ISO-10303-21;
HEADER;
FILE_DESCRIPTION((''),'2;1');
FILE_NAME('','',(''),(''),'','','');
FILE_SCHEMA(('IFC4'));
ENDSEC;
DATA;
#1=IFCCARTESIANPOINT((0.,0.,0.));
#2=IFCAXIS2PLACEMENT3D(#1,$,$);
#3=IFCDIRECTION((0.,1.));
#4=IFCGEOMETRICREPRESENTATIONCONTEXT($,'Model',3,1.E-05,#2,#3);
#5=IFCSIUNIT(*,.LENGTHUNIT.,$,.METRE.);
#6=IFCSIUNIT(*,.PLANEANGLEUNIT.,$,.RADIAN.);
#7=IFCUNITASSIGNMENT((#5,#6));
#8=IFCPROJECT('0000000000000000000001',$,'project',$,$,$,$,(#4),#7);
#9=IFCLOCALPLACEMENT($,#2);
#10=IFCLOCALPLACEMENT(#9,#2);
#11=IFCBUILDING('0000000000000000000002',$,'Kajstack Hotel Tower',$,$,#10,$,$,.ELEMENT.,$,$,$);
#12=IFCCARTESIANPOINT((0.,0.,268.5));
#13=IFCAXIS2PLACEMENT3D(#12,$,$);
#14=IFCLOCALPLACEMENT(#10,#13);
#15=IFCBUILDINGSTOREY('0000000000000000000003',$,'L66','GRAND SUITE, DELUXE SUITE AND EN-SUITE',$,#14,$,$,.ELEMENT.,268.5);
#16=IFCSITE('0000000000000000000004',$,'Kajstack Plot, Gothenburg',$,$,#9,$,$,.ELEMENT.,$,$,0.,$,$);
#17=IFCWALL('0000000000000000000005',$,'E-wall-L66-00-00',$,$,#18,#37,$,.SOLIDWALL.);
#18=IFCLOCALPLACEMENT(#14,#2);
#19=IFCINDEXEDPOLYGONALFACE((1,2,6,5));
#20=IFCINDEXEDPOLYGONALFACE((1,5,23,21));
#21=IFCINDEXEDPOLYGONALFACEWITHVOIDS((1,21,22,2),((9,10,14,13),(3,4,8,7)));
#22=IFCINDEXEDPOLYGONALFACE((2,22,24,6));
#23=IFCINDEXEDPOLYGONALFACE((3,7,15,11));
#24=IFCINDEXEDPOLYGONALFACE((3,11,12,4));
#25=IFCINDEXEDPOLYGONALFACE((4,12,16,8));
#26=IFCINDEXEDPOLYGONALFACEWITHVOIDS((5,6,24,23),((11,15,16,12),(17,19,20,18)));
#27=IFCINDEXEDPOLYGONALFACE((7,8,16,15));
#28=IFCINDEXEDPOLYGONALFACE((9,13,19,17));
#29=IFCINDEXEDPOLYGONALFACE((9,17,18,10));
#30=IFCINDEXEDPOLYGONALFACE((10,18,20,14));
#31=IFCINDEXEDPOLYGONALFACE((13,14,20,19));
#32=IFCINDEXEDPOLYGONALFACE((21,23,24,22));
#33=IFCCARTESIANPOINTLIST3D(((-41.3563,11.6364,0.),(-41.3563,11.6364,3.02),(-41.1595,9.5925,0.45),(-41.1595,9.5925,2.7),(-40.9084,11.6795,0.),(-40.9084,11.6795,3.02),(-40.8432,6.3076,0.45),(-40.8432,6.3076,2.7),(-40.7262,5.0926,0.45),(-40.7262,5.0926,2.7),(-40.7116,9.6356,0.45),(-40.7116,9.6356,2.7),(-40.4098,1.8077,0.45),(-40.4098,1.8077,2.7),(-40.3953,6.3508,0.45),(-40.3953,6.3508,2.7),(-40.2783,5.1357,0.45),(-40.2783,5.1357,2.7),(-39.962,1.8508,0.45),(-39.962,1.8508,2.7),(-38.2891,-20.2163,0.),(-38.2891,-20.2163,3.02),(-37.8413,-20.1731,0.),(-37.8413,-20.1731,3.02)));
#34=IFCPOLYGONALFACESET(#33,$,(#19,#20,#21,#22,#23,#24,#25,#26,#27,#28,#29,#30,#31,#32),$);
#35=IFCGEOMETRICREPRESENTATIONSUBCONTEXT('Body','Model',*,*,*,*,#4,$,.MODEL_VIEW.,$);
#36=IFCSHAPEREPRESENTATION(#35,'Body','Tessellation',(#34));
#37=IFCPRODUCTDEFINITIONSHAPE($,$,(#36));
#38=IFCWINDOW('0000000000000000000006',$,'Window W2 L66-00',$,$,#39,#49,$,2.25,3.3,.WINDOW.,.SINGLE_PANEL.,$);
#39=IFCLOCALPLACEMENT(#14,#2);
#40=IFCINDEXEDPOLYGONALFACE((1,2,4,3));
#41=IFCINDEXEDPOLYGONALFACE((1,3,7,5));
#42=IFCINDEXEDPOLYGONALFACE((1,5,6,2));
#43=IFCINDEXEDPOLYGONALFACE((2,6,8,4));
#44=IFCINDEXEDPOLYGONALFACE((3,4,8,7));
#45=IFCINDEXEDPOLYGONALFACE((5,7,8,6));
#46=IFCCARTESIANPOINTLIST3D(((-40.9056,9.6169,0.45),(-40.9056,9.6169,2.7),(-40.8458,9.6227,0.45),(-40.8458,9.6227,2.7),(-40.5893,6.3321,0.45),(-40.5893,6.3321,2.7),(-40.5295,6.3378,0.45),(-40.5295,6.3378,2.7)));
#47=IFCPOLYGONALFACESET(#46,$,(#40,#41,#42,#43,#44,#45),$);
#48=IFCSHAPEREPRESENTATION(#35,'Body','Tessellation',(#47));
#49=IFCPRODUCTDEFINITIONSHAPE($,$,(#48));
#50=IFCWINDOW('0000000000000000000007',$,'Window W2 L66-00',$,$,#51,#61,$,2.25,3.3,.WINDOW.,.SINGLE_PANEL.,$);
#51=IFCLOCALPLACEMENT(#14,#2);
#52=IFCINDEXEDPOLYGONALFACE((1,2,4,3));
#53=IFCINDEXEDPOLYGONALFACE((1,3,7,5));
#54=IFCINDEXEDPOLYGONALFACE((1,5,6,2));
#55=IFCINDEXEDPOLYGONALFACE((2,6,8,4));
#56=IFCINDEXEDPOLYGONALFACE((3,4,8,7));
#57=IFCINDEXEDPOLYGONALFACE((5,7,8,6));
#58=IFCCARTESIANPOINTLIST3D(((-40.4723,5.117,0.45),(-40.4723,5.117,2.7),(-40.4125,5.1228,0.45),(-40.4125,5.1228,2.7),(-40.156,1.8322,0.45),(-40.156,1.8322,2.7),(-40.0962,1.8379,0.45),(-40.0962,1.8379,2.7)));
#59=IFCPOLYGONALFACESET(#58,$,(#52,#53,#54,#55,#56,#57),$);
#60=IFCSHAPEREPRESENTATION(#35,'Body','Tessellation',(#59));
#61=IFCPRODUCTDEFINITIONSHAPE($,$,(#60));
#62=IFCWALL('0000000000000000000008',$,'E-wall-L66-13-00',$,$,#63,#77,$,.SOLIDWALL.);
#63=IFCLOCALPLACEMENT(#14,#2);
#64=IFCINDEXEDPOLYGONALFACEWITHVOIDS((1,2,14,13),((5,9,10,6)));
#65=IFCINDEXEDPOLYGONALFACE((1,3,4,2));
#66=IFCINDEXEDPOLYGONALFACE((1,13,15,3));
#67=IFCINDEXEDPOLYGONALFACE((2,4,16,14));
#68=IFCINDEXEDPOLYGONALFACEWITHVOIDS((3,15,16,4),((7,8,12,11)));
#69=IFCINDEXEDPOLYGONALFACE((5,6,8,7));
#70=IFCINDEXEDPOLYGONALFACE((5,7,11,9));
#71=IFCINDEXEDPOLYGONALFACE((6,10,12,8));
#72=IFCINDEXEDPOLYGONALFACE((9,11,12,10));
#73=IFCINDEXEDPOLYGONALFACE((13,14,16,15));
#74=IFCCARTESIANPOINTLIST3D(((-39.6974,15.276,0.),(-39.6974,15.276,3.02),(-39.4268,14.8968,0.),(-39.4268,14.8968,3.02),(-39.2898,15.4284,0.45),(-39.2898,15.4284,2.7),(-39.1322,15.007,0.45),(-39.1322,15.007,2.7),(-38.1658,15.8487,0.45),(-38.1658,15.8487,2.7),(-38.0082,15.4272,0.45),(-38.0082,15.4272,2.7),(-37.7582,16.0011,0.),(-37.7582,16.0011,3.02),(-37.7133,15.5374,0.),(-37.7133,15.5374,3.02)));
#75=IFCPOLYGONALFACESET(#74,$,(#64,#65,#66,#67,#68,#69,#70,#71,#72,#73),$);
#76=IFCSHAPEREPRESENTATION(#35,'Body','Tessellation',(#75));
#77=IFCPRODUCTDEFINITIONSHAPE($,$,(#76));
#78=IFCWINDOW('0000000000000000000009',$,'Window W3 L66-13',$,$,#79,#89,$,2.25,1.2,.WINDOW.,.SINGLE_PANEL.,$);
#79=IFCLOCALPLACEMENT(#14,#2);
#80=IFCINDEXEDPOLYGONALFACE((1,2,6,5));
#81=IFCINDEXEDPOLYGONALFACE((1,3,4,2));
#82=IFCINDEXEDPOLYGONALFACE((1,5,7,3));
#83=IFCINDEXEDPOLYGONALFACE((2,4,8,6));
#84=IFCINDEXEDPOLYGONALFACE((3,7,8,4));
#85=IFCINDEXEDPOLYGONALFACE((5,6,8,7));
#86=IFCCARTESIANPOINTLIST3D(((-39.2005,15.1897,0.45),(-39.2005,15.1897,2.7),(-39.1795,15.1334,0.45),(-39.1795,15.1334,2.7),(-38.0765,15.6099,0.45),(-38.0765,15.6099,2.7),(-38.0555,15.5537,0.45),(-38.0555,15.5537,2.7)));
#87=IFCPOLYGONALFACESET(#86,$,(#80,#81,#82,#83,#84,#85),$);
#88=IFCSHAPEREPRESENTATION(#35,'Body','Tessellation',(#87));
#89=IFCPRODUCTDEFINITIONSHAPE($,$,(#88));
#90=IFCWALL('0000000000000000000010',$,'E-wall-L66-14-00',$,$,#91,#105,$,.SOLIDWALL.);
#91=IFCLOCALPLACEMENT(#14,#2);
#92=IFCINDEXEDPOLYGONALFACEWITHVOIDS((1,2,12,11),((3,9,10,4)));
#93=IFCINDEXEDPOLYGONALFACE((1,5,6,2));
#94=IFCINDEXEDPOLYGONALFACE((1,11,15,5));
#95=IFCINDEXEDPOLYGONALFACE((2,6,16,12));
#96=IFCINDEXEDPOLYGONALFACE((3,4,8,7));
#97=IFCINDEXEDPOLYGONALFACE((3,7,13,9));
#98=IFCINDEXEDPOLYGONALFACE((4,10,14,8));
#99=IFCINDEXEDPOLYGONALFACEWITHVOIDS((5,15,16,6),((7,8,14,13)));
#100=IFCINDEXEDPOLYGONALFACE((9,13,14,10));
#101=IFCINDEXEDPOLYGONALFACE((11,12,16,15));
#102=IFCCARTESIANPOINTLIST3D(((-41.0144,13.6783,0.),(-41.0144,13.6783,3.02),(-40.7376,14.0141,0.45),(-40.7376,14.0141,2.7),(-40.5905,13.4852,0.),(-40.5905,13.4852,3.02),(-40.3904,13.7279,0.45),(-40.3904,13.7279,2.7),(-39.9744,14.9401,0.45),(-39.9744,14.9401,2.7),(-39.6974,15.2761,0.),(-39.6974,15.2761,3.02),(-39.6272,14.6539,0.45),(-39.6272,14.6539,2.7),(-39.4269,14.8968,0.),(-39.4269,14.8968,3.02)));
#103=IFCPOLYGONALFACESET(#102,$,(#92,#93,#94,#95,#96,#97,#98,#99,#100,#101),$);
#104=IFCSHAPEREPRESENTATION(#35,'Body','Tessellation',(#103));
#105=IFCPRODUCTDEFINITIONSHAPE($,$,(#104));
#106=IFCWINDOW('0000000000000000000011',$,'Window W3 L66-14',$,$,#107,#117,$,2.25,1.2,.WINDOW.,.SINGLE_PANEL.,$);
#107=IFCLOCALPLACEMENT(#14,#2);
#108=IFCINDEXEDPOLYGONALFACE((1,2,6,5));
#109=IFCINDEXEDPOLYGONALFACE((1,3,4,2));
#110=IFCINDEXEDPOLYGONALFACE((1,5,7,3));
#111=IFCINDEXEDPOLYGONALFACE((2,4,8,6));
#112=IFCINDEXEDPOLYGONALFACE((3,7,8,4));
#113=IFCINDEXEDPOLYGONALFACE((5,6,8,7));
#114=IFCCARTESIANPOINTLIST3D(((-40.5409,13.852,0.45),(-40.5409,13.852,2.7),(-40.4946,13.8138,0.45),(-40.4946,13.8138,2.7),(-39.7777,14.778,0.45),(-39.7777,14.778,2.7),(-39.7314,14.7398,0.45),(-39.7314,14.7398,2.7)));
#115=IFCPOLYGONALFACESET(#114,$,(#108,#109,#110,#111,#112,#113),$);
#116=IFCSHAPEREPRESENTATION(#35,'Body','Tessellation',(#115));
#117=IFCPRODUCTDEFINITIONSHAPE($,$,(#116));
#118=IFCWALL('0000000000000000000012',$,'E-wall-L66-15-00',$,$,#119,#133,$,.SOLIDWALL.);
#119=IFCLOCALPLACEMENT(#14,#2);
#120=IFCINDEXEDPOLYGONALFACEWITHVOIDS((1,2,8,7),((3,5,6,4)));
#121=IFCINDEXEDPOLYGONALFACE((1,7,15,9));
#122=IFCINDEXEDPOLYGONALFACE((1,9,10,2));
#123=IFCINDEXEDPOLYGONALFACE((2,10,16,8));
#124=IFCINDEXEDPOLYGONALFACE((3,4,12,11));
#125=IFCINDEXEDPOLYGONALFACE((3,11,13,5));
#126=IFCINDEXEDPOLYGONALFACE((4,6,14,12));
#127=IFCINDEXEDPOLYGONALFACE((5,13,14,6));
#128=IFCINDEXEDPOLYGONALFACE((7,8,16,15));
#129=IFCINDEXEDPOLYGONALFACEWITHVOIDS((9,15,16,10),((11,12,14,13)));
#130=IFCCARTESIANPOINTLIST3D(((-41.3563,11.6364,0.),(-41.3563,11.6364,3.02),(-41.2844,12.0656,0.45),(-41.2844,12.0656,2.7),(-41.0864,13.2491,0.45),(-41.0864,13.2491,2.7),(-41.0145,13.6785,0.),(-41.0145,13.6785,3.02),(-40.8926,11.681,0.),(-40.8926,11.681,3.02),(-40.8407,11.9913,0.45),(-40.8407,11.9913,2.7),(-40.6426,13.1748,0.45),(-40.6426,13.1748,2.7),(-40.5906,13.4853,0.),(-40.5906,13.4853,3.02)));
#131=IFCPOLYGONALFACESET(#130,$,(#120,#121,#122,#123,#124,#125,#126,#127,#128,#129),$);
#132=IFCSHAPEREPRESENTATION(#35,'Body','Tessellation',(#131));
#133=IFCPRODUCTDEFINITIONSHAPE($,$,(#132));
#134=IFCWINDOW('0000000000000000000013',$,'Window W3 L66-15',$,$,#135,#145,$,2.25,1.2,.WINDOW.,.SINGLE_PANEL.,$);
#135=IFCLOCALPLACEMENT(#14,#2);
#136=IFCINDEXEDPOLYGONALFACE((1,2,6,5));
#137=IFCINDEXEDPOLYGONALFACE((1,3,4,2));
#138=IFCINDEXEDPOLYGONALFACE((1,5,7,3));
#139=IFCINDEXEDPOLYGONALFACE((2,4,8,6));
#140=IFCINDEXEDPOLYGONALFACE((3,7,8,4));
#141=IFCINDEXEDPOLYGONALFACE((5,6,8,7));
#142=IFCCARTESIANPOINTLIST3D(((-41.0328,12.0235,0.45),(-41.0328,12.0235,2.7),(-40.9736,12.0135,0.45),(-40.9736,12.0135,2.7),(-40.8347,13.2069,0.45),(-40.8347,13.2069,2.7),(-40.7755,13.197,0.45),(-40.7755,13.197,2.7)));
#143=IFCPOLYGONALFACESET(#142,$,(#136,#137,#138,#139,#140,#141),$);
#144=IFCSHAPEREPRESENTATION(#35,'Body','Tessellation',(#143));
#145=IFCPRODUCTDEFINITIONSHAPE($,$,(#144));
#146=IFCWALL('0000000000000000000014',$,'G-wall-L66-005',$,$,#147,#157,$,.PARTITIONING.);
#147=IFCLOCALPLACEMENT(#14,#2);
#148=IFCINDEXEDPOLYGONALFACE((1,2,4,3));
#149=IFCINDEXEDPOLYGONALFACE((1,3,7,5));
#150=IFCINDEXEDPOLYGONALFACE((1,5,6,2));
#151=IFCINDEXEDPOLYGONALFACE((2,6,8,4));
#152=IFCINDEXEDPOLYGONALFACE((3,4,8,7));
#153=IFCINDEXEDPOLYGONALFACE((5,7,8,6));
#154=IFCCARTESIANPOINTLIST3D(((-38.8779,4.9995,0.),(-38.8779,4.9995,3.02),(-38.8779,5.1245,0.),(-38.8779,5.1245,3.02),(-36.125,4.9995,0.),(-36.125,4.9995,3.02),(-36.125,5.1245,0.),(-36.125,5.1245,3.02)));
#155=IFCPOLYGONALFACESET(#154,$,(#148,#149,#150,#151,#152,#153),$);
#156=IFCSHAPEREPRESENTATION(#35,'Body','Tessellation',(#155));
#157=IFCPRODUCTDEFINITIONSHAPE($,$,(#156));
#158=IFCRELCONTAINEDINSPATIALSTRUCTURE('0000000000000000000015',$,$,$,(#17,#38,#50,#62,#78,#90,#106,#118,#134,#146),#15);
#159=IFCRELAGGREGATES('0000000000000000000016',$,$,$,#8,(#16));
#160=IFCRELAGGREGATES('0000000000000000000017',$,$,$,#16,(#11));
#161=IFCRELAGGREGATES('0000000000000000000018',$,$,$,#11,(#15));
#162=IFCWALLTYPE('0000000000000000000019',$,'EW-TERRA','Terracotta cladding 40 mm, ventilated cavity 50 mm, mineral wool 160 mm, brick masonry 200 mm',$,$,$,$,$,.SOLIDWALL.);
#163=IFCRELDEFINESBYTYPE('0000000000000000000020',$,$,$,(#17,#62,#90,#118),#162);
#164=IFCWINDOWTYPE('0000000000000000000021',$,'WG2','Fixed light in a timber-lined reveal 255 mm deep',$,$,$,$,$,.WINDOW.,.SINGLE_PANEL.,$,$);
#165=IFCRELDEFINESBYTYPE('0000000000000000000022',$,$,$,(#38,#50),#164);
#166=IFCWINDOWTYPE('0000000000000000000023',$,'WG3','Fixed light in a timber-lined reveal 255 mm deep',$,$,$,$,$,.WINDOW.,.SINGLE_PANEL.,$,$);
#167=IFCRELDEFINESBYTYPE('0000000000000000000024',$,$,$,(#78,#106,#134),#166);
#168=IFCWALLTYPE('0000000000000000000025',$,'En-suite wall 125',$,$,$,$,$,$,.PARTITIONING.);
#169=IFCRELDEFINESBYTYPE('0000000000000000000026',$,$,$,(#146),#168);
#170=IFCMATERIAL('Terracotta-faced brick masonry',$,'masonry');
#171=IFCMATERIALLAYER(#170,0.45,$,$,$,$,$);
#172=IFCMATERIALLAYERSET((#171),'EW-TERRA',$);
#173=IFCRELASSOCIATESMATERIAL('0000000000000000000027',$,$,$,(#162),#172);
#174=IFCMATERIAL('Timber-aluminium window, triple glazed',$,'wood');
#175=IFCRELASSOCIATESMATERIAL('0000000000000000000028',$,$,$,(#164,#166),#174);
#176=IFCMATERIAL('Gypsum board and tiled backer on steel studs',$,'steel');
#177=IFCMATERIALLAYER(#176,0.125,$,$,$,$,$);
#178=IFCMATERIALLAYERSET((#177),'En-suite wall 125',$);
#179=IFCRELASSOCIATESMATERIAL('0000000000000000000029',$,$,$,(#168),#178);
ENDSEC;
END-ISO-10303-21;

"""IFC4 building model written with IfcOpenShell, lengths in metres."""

from ifc_helpers import new_model, si_unit, direction, frame, frame_2d, origin, place, context, subcontext, project, spatial, polyline, rectangle, outline, extrude, material, layer, layer_set, type_object, element, fill, save


model = new_model("IFC4")

# Units and contexts
model_context = context("Model", 3, precision=1e-05, world=origin(), true_north=direction((0.0, 1.0)))
body_context = subcontext(model_context, "Body", "Model", "MODEL_VIEW")
ifc_project = project(units=[si_unit("LENGTHUNIT", "METRE"), si_unit("PLANEANGLEUNIT", "RADIAN")], contexts=[model_context])

# Site, building, storey
site_placement = place(None, origin())
site = spatial("IfcSite", under=ifc_project, at=site_placement, Name="Kajstack Plot, Gothenburg", CompositionType="ELEMENT", RefElevation=0.0)
building_placement = place(site_placement, origin())
building = spatial("IfcBuilding", under=site, at=building_placement, Name="Kajstack Hotel Tower", CompositionType="ELEMENT")
storey_placement = place(building_placement, frame((0.0, 0.0, 268.5)))
storey = spatial("IfcBuildingStorey", under=building, at=storey_placement, Name="L66", Description="GRAND SUITE, DELUXE SUITE AND EN-SUITE", CompositionType="ELEMENT", Elevation=268.5)

# Wall, openings, windows
ifc_material_1 = material(Name="Terracotta-faced brick masonry", Category="masonry")
ifc_layer_1 = layer(ifc_material_1, 0.45)
ifc_layer_set_1 = layer_set([ifc_layer_1], Name="EW-TERRA")
wall_type_1 = type_object("IfcWallType", Name="EW-TERRA", Description="Terracotta cladding 40 mm, ventilated cavity 50 mm, mineral wool 160 mm, brick masonry 200 mm", PredefinedType="SOLIDWALL", material=ifc_layer_set_1)
wall_1_placement = place(storey_placement, frame((-41.1323, 11.658, 0.0), z_axis=(0.0, 0.0, 1.0), x_axis=(0.095848, -0.995396, 0.0)))
wall_1 = element("IfcWall", 1, at=wall_1_placement, inside=storey, type_object=wall_type_1, Name="E-wall-L66-00-00", PredefinedType="SOLIDWALL", context=body_context, shape_type="SweptSolid", body=[
    extrude(rectangle(XDim=32.0, YDim=0.45, at=frame_2d((16.0, 0.0))), origin(), (0.0, 0.0, 1.0), 3.02),
])
opening_1_placement = place(wall_1_placement, frame((2.0535, 0.0, 0.45)))
opening_1 = element("IfcOpeningElement", 2, at=opening_1_placement, cuts=wall_1, PredefinedType="OPENING", context=body_context, shape_type="SweptSolid", body=[
    extrude(rectangle(XDim=3.3, YDim=2.25, at=frame_2d((1.6499, 1.125))), frame((0.0, 0.2349, 0.0), z_axis=(0.0, -1.0, 0.0), x_axis=(1.0, 0.0, 0.0)), (0.0, 0.0, 1.0), 0.47),
])
opening_2_placement = place(wall_1_placement, frame((6.5742, 0.0, 0.45)))
opening_2 = element("IfcOpeningElement", 3, at=opening_2_placement, cuts=wall_1, PredefinedType="OPENING", context=body_context, shape_type="SweptSolid", body=[
    extrude(rectangle(XDim=3.3, YDim=2.25, at=frame_2d((1.6499, 1.125))), frame((0.0, 0.2349, 0.0), z_axis=(0.0, -1.0, 0.0), x_axis=(1.0, 0.0, 0.0)), (0.0, 0.0, 1.0), 0.47),
])
ifc_material_2 = material(Name="Timber-aluminium window, triple glazed", Category="wood")
window_type_1 = type_object("IfcWindowType", Name="WG2", Description="Fixed light in a timber-lined reveal 255 mm deep", PartitioningType="SINGLE_PANEL", PredefinedType="WINDOW", material=ifc_material_2)
window_1_placement = place(opening_1_placement, origin())
window_1 = element("IfcWindow", 4, at=window_1_placement, inside=storey, type_object=window_type_1, Name="Window W2 L66-00", OverallHeight=2.25, OverallWidth=3.3, PartitioningType="SINGLE_PANEL", PredefinedType="WINDOW", context=body_context, shape_type="SweptSolid", body=[
    extrude(rectangle(XDim=3.3, YDim=2.25, at=frame_2d((1.6499, 1.125))), frame((0.0, 0.0901, 0.0), z_axis=(0.0, -1.0, 0.0), x_axis=(1.0, 0.0, 0.0)), (0.0, 0.0, 1.0), 0.0601),
])
fill(opening_1, window_1)
window_2_placement = place(opening_2_placement, origin())
window_2 = element("IfcWindow", 5, at=window_2_placement, inside=storey, type_object=window_type_1, Name="Window W2 L66-00", OverallHeight=2.25, OverallWidth=3.3, PartitioningType="SINGLE_PANEL", PredefinedType="WINDOW", context=body_context, shape_type="SweptSolid", body=[
    extrude(rectangle(XDim=3.3, YDim=2.25, at=frame_2d((1.6499, 1.125))), frame((0.0, 0.0901, 0.0), z_axis=(0.0, -1.0, 0.0), x_axis=(1.0, 0.0, 0.0)), (0.0, 0.0, 1.0), 0.0601),
])
fill(opening_2, window_2)

# Walls, openings, windows
wall_2_placement = place(storey_placement, frame((-37.6792, 15.7905, 0.0), z_axis=(0.0, 0.0, 1.0), x_axis=(-0.936678, -0.350193, 0.0)))
wall_2 = element("IfcWall", 6, at=wall_2_placement, inside=storey, type_object=wall_type_1, Name="E-wall-L66-13-00", PredefinedType="SOLIDWALL", context=body_context, shape_type="SweptSolid", body=[
    extrude(outline(polyline([(0.0002, -0.2249), (2.0706, -0.2249), (1.95, 0.2251), (0.1206, 0.2251), (0.0002, -0.2249)])), origin(), (0.0, 0.0, 1.0), 3.02),
])
opening_3_placement = place(wall_2_placement, frame((0.4353, 0.0, 0.45)))
opening_3 = element("IfcOpeningElement", 7, at=opening_3_placement, cuts=wall_2, PredefinedType="OPENING", context=body_context, shape_type="SweptSolid", body=[
    extrude(rectangle(XDim=1.2, YDim=2.25, at=frame_2d((0.6001, 1.125))), frame((0.0, 0.2349, 0.0), z_axis=(0.0, -1.0, 0.0), x_axis=(1.0, 0.0, 0.0)), (0.0, 0.0, 1.0), 0.47),
])
window_type_2 = type_object("IfcWindowType", Name="WG3", Description="Fixed light in a timber-lined reveal 255 mm deep", PartitioningType="SINGLE_PANEL", PredefinedType="WINDOW", material=ifc_material_2)
window_3_placement = place(opening_3_placement, origin())
window_3 = element("IfcWindow", 8, at=window_3_placement, inside=storey, type_object=window_type_2, Name="Window W3 L66-13", OverallHeight=2.25, OverallWidth=1.2, PartitioningType="SINGLE_PANEL", PredefinedType="WINDOW", context=body_context, shape_type="SweptSolid", body=[
    extrude(rectangle(XDim=1.2, YDim=2.25, at=frame_2d((0.6001, 1.125))), frame((0.0, 0.0901, 0.0), z_axis=(0.0, -1.0, 0.0), x_axis=(1.0, 0.0, 0.0)), (0.0, 0.0, 1.0), 0.0601),
])
fill(opening_3, window_3)
wall_3_placement = place(storey_placement, frame((-39.5239, 15.1331, 0.0), z_axis=(0.0, 0.0, 1.0), x_axis=(-0.636046, -0.771651, 0.0)))
wall_3 = element("IfcWall", 9, at=wall_3_placement, inside=storey, type_object=wall_type_1, Name="E-wall-L66-14-00", PredefinedType="SOLIDWALL", context=body_context, shape_type="SweptSolid", body=[
    extrude(outline(polyline([(0.0, -0.2249), (2.0706, -0.2249), (1.95, 0.2251), (0.1206, 0.2251), (0.0, -0.2249)])), origin(), (0.0, 0.0, 1.0), 3.02),
])
opening_4_placement = place(wall_3_placement, frame((0.4353, 0.0, 0.45)))
opening_4 = element("IfcOpeningElement", 10, at=opening_4_placement, cuts=wall_3, PredefinedType="OPENING", context=body_context, shape_type="SweptSolid", body=[
    extrude(rectangle(XDim=1.2, YDim=2.25, at=frame_2d((0.6001, 1.125))), frame((0.0, 0.2349, 0.0), z_axis=(0.0, -1.0, 0.0), x_axis=(1.0, 0.0, 0.0)), (0.0, 0.0, 1.0), 0.47),
])
window_4_placement = place(opening_4_placement, origin())
window_4 = element("IfcWindow", 11, at=window_4_placement, inside=storey, type_object=window_type_2, Name="Window W3 L66-14", OverallHeight=2.25, OverallWidth=1.2, PartitioningType="SINGLE_PANEL", PredefinedType="WINDOW", context=body_context, shape_type="SweptSolid", body=[
    extrude(rectangle(XDim=1.2, YDim=2.25, at=frame_2d((0.6001, 1.125))), frame((0.0, 0.0901, 0.0), z_axis=(0.0, -1.0, 0.0), x_axis=(1.0, 0.0, 0.0)), (0.0, 0.0, 1.0), 0.0601),
])
fill(opening_4, window_4)
wall_4_placement = place(storey_placement, frame((-40.7925, 13.6414, 0.0), z_axis=(0.0, 0.0, 1.0), x_axis=(-0.165068, -0.986282, 0.0)))
wall_4 = element("IfcWall", 12, at=wall_4_placement, inside=storey, type_object=wall_type_1, Name="E-wall-L66-15-00", PredefinedType="SOLIDWALL", context=body_context, shape_type="SweptSolid", body=[
    extrude(outline(polyline([(0.0, -0.2251), (2.0706, -0.2251), (1.95, 0.2249), (0.1206, 0.2249), (0.0, -0.2251)])), origin(), (0.0, 0.0, 1.0), 3.02),
])
opening_5_placement = place(wall_4_placement, frame((0.4353, 0.0, 0.45)))
opening_5 = element("IfcOpeningElement", 13, at=opening_5_placement, cuts=wall_4, PredefinedType="OPENING", context=body_context, shape_type="SweptSolid", body=[
    extrude(rectangle(XDim=1.2, YDim=2.25, at=frame_2d((0.6001, 1.125))), frame((0.0, 0.2349, 0.0), z_axis=(0.0, -1.0, 0.0), x_axis=(1.0, 0.0, 0.0)), (0.0, 0.0, 1.0), 0.47),
])
window_5_placement = place(opening_5_placement, origin())
window_5 = element("IfcWindow", 14, at=window_5_placement, inside=storey, type_object=window_type_2, Name="Window W3 L66-15", OverallHeight=2.25, OverallWidth=1.2, PartitioningType="SINGLE_PANEL", PredefinedType="WINDOW", context=body_context, shape_type="SweptSolid", body=[
    extrude(rectangle(XDim=1.2, YDim=2.25, at=frame_2d((0.6001, 1.125))), frame((0.0, 0.0901, 0.0), z_axis=(0.0, -1.0, 0.0), x_axis=(1.0, 0.0, 0.0)), (0.0, 0.0, 1.0), 0.0601),
])
fill(opening_5, window_5)

# Wall
ifc_material_3 = material(Name="Gypsum board and tiled backer on steel studs", Category="steel")
ifc_layer_2 = layer(ifc_material_3, 0.125)
ifc_layer_set_2 = layer_set([ifc_layer_2], Name="En-suite wall 125")
wall_type_2 = type_object("IfcWallType", Name="En-suite wall 125", PredefinedType="PARTITIONING", material=ifc_layer_set_2)
wall_5_placement = place(storey_placement, frame((-38.8779, 5.062, 0.0), z_axis=(0.0, 0.0, 1.0), x_axis=(1.0, 0.0, 0.0)))
element("IfcWall", 15, at=wall_5_placement, inside=storey, type_object=wall_type_2, Name="G-wall-L66-005", PredefinedType="PARTITIONING", context=body_context, shape_type="SweptSolid", body=[
    extrude(rectangle(XDim=2.7529, YDim=0.125, at=frame_2d((1.3765, 0.0))), origin(), (0.0, 0.0, 1.0), 3.02),
])

save(model, "model.ifc")
